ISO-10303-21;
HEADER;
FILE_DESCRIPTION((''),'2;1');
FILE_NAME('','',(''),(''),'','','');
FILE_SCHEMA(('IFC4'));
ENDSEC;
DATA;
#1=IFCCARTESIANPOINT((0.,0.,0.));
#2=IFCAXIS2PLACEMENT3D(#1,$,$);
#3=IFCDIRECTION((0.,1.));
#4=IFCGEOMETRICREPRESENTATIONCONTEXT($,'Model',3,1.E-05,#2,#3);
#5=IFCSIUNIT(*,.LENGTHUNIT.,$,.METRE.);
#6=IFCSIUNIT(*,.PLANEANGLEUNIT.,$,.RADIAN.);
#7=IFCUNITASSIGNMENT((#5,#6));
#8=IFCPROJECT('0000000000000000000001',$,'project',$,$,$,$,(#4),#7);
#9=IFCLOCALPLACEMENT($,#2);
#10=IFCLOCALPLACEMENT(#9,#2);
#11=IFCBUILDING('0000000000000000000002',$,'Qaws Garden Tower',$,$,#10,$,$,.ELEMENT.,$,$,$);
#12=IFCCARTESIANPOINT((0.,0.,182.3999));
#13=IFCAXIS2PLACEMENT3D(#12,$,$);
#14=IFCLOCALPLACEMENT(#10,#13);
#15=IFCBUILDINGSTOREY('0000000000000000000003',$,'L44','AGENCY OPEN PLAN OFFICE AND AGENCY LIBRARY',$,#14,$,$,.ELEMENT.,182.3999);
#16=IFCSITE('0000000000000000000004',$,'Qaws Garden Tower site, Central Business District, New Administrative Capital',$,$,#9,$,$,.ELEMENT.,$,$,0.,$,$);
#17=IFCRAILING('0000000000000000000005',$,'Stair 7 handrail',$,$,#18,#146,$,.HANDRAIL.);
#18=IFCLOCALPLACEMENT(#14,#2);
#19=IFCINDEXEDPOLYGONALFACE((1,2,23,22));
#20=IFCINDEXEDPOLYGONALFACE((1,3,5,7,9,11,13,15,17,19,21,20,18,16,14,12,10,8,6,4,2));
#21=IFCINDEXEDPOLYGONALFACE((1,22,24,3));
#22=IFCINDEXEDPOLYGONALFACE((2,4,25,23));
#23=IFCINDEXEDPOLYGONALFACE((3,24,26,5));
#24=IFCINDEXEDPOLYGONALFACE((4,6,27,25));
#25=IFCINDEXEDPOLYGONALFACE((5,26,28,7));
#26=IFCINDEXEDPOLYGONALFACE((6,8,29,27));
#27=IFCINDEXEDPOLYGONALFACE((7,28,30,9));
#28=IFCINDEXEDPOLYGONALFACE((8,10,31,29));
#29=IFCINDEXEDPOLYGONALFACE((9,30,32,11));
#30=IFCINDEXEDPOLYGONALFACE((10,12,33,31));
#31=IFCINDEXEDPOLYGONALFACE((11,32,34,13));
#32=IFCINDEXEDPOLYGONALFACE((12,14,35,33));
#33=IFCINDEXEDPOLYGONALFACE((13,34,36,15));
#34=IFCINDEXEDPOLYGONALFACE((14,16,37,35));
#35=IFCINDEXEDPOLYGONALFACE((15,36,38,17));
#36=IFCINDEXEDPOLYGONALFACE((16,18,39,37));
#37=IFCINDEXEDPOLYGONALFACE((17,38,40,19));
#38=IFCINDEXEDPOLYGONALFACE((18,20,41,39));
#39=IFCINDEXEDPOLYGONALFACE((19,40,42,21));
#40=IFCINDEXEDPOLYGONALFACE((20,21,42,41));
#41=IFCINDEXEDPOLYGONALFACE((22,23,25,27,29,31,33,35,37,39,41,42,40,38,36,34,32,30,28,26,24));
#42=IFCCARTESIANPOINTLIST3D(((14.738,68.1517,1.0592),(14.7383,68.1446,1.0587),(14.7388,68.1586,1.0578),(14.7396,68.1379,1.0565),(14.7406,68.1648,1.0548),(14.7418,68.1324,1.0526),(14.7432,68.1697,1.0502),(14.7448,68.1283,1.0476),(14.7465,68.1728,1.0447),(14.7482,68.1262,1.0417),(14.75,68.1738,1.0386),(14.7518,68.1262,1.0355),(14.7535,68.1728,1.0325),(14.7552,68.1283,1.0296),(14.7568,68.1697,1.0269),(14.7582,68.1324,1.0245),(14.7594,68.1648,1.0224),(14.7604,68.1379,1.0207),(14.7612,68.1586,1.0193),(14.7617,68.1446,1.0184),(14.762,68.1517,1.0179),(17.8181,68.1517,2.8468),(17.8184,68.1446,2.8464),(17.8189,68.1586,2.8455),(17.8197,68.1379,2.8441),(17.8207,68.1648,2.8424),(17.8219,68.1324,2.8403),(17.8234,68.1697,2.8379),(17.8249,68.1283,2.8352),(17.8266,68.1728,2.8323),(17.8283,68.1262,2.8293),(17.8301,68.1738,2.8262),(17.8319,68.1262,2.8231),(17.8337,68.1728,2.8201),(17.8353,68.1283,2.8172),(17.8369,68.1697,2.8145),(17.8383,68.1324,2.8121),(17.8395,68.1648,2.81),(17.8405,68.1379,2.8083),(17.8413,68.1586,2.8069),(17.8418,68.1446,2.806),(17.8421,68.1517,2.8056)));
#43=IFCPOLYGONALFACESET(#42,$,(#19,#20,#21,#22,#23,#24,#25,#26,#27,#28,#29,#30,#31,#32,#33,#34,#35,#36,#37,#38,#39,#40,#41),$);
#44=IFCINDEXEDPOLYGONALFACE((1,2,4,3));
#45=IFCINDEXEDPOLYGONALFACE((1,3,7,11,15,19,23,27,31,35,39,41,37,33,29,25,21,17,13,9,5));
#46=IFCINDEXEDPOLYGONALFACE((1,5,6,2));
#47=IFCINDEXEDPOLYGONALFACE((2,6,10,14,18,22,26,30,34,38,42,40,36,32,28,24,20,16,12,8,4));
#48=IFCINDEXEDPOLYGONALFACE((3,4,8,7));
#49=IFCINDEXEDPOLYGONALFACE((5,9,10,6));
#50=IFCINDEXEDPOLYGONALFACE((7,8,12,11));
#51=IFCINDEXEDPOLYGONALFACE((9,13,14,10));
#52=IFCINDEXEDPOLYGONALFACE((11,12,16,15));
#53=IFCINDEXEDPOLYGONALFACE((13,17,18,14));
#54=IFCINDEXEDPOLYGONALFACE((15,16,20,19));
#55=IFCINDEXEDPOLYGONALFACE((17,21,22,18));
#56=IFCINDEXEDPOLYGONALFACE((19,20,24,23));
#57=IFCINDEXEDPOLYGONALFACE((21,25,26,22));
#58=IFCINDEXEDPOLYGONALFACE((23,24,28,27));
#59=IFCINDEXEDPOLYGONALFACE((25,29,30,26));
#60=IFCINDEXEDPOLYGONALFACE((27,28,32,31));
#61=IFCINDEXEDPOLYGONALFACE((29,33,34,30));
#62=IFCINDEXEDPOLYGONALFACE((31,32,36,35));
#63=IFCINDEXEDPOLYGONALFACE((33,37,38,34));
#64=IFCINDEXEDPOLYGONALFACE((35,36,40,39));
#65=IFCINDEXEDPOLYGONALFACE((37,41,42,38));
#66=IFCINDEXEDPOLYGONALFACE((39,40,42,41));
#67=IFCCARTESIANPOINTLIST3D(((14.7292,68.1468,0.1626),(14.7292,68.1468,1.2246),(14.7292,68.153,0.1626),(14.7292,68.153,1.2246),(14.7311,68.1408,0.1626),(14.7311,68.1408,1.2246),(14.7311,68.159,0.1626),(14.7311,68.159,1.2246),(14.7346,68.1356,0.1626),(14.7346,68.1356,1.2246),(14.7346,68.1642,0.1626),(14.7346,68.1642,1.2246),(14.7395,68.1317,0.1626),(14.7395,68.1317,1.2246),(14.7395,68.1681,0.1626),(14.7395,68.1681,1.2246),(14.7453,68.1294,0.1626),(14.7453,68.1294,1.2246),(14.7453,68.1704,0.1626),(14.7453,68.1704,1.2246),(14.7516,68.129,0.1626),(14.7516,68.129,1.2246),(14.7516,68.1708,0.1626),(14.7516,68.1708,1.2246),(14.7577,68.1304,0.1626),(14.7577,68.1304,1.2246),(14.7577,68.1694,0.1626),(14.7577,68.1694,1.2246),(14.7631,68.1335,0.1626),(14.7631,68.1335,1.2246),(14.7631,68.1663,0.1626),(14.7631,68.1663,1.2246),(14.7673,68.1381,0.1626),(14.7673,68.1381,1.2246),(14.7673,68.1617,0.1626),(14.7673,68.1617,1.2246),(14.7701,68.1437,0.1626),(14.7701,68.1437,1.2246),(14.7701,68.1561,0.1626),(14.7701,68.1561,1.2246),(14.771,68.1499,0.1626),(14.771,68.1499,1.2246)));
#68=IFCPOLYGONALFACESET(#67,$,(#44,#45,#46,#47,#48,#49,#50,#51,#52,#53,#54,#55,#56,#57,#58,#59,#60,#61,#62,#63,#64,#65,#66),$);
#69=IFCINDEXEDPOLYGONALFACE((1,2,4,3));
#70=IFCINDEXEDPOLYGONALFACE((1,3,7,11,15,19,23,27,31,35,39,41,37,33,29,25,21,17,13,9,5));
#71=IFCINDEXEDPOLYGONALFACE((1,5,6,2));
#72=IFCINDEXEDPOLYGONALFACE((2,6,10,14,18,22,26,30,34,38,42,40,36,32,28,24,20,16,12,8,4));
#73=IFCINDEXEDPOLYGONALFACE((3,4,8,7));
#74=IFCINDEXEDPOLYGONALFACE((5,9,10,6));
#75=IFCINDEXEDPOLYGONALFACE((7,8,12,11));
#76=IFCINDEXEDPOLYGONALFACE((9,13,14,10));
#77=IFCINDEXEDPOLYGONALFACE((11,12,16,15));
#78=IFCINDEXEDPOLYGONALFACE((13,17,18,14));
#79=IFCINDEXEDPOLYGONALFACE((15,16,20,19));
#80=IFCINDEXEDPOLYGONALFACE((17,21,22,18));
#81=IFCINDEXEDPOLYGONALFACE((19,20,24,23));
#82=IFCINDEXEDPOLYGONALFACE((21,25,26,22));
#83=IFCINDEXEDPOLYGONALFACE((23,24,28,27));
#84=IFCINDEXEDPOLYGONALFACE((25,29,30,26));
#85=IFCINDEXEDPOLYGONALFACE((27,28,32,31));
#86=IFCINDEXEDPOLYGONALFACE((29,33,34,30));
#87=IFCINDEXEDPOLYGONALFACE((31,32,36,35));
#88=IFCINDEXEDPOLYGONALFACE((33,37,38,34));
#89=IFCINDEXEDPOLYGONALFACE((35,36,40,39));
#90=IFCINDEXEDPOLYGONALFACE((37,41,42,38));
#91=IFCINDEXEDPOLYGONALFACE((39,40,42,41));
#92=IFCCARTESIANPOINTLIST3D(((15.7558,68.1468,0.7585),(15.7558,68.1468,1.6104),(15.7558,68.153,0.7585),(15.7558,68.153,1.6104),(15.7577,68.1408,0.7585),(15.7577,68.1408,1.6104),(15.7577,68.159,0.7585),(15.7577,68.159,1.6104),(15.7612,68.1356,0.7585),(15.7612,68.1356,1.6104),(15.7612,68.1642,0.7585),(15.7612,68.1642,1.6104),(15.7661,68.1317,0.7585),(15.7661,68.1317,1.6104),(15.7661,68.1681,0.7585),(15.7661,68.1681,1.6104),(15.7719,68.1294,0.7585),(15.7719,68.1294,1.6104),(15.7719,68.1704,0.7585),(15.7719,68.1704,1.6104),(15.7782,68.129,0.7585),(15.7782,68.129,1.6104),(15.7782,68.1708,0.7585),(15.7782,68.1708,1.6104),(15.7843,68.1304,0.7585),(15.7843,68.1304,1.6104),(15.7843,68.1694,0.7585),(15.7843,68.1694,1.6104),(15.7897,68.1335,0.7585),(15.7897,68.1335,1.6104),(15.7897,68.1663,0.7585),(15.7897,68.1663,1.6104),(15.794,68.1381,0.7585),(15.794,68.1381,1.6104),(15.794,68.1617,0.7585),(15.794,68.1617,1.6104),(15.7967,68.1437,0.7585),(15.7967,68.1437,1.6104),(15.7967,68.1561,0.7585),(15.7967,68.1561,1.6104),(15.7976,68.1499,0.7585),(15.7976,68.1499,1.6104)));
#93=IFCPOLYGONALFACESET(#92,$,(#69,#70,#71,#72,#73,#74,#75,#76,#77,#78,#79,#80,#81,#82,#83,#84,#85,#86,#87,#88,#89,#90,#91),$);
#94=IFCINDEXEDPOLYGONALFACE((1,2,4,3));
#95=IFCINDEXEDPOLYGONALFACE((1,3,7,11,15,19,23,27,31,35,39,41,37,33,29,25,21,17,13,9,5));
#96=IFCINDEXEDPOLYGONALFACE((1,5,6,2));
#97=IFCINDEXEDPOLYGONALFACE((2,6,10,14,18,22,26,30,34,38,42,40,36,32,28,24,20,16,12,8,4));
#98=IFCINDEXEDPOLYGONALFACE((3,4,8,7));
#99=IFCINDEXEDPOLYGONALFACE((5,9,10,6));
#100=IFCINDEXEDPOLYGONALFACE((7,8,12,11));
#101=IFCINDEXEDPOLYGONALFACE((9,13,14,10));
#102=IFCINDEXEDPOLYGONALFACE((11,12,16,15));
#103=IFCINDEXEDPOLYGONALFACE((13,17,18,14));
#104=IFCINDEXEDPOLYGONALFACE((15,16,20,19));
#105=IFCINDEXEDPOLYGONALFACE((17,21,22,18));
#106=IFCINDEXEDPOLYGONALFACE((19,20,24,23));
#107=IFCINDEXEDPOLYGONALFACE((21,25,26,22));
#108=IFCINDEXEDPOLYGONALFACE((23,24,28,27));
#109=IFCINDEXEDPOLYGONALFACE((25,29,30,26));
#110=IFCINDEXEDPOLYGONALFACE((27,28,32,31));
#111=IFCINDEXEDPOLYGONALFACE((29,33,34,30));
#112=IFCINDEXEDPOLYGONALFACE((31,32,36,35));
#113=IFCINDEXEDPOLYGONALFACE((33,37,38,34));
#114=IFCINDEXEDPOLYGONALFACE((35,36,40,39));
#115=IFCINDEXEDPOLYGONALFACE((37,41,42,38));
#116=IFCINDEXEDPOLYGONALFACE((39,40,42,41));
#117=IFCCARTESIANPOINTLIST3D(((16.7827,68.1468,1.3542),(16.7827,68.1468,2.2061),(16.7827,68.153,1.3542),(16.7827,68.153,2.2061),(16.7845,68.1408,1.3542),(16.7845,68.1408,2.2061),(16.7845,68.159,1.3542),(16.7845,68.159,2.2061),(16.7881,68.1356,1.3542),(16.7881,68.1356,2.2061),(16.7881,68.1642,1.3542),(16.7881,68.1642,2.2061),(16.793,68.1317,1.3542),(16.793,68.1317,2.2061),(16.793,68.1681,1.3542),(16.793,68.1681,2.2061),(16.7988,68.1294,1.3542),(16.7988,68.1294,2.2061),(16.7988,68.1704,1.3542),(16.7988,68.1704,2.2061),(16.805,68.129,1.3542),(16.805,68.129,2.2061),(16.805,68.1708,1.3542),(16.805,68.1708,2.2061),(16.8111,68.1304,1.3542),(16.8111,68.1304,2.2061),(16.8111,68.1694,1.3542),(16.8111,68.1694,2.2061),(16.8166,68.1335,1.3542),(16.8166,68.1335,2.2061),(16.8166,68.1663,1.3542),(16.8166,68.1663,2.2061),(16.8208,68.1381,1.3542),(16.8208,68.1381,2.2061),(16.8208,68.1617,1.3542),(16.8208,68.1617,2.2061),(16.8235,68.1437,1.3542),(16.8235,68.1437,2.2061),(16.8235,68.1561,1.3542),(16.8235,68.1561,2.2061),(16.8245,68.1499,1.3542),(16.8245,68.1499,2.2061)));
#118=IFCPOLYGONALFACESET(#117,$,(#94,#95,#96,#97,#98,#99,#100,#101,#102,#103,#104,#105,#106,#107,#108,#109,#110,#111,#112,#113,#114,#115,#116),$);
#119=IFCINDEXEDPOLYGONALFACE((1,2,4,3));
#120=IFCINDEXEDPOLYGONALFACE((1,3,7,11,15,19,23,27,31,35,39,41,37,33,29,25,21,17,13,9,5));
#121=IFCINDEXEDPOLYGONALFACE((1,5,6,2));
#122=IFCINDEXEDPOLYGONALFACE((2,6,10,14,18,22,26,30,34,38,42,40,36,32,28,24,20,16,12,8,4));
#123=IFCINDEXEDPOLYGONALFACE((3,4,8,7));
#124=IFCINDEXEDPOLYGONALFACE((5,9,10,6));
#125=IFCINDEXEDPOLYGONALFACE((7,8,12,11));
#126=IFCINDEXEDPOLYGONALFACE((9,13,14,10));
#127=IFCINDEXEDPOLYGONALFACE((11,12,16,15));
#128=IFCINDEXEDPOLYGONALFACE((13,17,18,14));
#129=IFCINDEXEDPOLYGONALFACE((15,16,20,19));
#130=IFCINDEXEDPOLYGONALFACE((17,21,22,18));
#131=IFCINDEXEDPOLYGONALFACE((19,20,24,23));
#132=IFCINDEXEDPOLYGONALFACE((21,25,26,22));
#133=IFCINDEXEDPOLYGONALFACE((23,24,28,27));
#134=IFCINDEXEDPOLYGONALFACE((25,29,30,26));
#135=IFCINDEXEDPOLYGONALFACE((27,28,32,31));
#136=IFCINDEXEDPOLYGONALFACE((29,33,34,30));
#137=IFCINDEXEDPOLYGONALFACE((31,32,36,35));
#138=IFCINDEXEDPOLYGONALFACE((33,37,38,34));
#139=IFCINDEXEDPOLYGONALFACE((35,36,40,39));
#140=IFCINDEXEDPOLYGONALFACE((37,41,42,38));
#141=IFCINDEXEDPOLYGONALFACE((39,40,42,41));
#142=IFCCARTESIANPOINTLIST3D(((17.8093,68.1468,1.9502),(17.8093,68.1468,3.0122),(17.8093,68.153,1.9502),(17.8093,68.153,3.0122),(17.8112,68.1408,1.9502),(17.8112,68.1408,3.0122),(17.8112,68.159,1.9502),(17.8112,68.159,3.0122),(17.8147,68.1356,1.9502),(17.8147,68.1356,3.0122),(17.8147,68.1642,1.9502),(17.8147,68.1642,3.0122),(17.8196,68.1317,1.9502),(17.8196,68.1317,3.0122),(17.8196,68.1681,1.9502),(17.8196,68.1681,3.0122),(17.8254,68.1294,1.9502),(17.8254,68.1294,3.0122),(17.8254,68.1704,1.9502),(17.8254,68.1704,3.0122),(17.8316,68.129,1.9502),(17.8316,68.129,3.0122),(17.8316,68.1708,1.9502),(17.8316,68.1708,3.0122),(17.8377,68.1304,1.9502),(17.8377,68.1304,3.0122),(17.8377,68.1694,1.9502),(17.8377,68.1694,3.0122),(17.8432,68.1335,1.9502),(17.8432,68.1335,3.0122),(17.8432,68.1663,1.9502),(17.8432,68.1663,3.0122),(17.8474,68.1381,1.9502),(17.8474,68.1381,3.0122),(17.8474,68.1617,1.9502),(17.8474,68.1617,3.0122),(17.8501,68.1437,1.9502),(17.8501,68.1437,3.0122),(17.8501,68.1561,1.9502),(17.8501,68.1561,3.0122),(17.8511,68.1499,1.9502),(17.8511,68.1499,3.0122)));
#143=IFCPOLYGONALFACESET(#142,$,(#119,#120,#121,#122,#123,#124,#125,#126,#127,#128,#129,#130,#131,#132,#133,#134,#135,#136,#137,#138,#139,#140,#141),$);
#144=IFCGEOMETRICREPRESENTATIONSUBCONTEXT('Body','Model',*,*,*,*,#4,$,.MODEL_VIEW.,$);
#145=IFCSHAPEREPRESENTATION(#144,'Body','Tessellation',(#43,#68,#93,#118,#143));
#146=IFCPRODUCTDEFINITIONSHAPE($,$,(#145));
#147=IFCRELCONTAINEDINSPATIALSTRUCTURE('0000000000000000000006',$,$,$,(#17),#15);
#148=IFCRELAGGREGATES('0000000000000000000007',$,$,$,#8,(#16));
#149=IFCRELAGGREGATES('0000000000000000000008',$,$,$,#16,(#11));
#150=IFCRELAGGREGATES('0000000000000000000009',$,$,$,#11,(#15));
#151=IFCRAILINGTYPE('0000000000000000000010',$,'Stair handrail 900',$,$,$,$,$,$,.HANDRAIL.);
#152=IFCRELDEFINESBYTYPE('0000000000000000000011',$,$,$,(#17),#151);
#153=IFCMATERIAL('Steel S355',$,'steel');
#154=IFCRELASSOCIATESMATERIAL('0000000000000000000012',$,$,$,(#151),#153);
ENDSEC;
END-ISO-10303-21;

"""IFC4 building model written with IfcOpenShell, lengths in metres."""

from ifc_helpers import new_model, si_unit, direction, frame, origin, origin_2d, place, context, subcontext, project, spatial, circle, extrude, material, type_object, element, save


model = new_model("IFC4")

# Units and contexts
model_context = context("Model", 3, precision=1e-05, world=origin(), true_north=direction((0.0, 1.0)))
body_context = subcontext(model_context, "Body", "Model", "MODEL_VIEW")
ifc_project = project(units=[si_unit("LENGTHUNIT", "METRE"), si_unit("PLANEANGLEUNIT", "RADIAN")], contexts=[model_context])

# Site, building, storey
site_placement = place(None, origin())
site = spatial("IfcSite", under=ifc_project, at=site_placement, Name="Qaws Garden Tower site, Central Business District, New Administrative Capital", CompositionType="ELEMENT", RefElevation=0.0)
building_placement = place(site_placement, origin())
building = spatial("IfcBuilding", under=site, at=building_placement, Name="Qaws Garden Tower", CompositionType="ELEMENT")
storey_placement = place(building_placement, frame((0.0, 0.0, 182.3999)))
storey = spatial("IfcBuildingStorey", under=building, at=storey_placement, Name="L44", Description="AGENCY OPEN PLAN OFFICE AND AGENCY LIBRARY", CompositionType="ELEMENT", Elevation=182.3999)

# Railing
ifc_material_1 = material(Name="Steel S355", Category="steel")
railing_type = type_object("IfcRailingType", Name="Stair handrail 900", PredefinedType="HANDRAIL", material=ifc_material_1)
railing_1_placement = place(storey_placement, frame((14.75, 68.1499, 0.1626)))
element("IfcRailing", 1, at=railing_1_placement, inside=storey, type_object=railing_type, Name="Stair 7 handrail", PredefinedType="HANDRAIL", context=body_context, shape_type="SweptSolid", body=[
    extrude(circle(Radius=0.0239, at=origin_2d()), frame((0.0, 0.0, 0.876), z_axis=(0.864891, 0.0, 0.50196), x_axis=(0.0, 1.0, 0.0)), (0.0, 0.0, 1.0), 3.5613),
    extrude(circle(Radius=0.021, at=origin_2d()), origin(), (0.0, 0.0, 1.0), 1.062),
    extrude(circle(Radius=0.021, at=origin_2d()), frame((1.0266, 0.0, 0.5959)), (0.0, 0.0, 1.0), 0.8518),
    extrude(circle(Radius=0.021, at=origin_2d()), frame((2.0535, 0.0, 1.1917)), (0.0, 0.0, 1.0), 0.8518),
    extrude(circle(Radius=0.021, at=origin_2d()), frame((3.0801, 0.0, 1.7876)), (0.0, 0.0, 1.0), 1.062),
])

save(model, "model.ifc")
